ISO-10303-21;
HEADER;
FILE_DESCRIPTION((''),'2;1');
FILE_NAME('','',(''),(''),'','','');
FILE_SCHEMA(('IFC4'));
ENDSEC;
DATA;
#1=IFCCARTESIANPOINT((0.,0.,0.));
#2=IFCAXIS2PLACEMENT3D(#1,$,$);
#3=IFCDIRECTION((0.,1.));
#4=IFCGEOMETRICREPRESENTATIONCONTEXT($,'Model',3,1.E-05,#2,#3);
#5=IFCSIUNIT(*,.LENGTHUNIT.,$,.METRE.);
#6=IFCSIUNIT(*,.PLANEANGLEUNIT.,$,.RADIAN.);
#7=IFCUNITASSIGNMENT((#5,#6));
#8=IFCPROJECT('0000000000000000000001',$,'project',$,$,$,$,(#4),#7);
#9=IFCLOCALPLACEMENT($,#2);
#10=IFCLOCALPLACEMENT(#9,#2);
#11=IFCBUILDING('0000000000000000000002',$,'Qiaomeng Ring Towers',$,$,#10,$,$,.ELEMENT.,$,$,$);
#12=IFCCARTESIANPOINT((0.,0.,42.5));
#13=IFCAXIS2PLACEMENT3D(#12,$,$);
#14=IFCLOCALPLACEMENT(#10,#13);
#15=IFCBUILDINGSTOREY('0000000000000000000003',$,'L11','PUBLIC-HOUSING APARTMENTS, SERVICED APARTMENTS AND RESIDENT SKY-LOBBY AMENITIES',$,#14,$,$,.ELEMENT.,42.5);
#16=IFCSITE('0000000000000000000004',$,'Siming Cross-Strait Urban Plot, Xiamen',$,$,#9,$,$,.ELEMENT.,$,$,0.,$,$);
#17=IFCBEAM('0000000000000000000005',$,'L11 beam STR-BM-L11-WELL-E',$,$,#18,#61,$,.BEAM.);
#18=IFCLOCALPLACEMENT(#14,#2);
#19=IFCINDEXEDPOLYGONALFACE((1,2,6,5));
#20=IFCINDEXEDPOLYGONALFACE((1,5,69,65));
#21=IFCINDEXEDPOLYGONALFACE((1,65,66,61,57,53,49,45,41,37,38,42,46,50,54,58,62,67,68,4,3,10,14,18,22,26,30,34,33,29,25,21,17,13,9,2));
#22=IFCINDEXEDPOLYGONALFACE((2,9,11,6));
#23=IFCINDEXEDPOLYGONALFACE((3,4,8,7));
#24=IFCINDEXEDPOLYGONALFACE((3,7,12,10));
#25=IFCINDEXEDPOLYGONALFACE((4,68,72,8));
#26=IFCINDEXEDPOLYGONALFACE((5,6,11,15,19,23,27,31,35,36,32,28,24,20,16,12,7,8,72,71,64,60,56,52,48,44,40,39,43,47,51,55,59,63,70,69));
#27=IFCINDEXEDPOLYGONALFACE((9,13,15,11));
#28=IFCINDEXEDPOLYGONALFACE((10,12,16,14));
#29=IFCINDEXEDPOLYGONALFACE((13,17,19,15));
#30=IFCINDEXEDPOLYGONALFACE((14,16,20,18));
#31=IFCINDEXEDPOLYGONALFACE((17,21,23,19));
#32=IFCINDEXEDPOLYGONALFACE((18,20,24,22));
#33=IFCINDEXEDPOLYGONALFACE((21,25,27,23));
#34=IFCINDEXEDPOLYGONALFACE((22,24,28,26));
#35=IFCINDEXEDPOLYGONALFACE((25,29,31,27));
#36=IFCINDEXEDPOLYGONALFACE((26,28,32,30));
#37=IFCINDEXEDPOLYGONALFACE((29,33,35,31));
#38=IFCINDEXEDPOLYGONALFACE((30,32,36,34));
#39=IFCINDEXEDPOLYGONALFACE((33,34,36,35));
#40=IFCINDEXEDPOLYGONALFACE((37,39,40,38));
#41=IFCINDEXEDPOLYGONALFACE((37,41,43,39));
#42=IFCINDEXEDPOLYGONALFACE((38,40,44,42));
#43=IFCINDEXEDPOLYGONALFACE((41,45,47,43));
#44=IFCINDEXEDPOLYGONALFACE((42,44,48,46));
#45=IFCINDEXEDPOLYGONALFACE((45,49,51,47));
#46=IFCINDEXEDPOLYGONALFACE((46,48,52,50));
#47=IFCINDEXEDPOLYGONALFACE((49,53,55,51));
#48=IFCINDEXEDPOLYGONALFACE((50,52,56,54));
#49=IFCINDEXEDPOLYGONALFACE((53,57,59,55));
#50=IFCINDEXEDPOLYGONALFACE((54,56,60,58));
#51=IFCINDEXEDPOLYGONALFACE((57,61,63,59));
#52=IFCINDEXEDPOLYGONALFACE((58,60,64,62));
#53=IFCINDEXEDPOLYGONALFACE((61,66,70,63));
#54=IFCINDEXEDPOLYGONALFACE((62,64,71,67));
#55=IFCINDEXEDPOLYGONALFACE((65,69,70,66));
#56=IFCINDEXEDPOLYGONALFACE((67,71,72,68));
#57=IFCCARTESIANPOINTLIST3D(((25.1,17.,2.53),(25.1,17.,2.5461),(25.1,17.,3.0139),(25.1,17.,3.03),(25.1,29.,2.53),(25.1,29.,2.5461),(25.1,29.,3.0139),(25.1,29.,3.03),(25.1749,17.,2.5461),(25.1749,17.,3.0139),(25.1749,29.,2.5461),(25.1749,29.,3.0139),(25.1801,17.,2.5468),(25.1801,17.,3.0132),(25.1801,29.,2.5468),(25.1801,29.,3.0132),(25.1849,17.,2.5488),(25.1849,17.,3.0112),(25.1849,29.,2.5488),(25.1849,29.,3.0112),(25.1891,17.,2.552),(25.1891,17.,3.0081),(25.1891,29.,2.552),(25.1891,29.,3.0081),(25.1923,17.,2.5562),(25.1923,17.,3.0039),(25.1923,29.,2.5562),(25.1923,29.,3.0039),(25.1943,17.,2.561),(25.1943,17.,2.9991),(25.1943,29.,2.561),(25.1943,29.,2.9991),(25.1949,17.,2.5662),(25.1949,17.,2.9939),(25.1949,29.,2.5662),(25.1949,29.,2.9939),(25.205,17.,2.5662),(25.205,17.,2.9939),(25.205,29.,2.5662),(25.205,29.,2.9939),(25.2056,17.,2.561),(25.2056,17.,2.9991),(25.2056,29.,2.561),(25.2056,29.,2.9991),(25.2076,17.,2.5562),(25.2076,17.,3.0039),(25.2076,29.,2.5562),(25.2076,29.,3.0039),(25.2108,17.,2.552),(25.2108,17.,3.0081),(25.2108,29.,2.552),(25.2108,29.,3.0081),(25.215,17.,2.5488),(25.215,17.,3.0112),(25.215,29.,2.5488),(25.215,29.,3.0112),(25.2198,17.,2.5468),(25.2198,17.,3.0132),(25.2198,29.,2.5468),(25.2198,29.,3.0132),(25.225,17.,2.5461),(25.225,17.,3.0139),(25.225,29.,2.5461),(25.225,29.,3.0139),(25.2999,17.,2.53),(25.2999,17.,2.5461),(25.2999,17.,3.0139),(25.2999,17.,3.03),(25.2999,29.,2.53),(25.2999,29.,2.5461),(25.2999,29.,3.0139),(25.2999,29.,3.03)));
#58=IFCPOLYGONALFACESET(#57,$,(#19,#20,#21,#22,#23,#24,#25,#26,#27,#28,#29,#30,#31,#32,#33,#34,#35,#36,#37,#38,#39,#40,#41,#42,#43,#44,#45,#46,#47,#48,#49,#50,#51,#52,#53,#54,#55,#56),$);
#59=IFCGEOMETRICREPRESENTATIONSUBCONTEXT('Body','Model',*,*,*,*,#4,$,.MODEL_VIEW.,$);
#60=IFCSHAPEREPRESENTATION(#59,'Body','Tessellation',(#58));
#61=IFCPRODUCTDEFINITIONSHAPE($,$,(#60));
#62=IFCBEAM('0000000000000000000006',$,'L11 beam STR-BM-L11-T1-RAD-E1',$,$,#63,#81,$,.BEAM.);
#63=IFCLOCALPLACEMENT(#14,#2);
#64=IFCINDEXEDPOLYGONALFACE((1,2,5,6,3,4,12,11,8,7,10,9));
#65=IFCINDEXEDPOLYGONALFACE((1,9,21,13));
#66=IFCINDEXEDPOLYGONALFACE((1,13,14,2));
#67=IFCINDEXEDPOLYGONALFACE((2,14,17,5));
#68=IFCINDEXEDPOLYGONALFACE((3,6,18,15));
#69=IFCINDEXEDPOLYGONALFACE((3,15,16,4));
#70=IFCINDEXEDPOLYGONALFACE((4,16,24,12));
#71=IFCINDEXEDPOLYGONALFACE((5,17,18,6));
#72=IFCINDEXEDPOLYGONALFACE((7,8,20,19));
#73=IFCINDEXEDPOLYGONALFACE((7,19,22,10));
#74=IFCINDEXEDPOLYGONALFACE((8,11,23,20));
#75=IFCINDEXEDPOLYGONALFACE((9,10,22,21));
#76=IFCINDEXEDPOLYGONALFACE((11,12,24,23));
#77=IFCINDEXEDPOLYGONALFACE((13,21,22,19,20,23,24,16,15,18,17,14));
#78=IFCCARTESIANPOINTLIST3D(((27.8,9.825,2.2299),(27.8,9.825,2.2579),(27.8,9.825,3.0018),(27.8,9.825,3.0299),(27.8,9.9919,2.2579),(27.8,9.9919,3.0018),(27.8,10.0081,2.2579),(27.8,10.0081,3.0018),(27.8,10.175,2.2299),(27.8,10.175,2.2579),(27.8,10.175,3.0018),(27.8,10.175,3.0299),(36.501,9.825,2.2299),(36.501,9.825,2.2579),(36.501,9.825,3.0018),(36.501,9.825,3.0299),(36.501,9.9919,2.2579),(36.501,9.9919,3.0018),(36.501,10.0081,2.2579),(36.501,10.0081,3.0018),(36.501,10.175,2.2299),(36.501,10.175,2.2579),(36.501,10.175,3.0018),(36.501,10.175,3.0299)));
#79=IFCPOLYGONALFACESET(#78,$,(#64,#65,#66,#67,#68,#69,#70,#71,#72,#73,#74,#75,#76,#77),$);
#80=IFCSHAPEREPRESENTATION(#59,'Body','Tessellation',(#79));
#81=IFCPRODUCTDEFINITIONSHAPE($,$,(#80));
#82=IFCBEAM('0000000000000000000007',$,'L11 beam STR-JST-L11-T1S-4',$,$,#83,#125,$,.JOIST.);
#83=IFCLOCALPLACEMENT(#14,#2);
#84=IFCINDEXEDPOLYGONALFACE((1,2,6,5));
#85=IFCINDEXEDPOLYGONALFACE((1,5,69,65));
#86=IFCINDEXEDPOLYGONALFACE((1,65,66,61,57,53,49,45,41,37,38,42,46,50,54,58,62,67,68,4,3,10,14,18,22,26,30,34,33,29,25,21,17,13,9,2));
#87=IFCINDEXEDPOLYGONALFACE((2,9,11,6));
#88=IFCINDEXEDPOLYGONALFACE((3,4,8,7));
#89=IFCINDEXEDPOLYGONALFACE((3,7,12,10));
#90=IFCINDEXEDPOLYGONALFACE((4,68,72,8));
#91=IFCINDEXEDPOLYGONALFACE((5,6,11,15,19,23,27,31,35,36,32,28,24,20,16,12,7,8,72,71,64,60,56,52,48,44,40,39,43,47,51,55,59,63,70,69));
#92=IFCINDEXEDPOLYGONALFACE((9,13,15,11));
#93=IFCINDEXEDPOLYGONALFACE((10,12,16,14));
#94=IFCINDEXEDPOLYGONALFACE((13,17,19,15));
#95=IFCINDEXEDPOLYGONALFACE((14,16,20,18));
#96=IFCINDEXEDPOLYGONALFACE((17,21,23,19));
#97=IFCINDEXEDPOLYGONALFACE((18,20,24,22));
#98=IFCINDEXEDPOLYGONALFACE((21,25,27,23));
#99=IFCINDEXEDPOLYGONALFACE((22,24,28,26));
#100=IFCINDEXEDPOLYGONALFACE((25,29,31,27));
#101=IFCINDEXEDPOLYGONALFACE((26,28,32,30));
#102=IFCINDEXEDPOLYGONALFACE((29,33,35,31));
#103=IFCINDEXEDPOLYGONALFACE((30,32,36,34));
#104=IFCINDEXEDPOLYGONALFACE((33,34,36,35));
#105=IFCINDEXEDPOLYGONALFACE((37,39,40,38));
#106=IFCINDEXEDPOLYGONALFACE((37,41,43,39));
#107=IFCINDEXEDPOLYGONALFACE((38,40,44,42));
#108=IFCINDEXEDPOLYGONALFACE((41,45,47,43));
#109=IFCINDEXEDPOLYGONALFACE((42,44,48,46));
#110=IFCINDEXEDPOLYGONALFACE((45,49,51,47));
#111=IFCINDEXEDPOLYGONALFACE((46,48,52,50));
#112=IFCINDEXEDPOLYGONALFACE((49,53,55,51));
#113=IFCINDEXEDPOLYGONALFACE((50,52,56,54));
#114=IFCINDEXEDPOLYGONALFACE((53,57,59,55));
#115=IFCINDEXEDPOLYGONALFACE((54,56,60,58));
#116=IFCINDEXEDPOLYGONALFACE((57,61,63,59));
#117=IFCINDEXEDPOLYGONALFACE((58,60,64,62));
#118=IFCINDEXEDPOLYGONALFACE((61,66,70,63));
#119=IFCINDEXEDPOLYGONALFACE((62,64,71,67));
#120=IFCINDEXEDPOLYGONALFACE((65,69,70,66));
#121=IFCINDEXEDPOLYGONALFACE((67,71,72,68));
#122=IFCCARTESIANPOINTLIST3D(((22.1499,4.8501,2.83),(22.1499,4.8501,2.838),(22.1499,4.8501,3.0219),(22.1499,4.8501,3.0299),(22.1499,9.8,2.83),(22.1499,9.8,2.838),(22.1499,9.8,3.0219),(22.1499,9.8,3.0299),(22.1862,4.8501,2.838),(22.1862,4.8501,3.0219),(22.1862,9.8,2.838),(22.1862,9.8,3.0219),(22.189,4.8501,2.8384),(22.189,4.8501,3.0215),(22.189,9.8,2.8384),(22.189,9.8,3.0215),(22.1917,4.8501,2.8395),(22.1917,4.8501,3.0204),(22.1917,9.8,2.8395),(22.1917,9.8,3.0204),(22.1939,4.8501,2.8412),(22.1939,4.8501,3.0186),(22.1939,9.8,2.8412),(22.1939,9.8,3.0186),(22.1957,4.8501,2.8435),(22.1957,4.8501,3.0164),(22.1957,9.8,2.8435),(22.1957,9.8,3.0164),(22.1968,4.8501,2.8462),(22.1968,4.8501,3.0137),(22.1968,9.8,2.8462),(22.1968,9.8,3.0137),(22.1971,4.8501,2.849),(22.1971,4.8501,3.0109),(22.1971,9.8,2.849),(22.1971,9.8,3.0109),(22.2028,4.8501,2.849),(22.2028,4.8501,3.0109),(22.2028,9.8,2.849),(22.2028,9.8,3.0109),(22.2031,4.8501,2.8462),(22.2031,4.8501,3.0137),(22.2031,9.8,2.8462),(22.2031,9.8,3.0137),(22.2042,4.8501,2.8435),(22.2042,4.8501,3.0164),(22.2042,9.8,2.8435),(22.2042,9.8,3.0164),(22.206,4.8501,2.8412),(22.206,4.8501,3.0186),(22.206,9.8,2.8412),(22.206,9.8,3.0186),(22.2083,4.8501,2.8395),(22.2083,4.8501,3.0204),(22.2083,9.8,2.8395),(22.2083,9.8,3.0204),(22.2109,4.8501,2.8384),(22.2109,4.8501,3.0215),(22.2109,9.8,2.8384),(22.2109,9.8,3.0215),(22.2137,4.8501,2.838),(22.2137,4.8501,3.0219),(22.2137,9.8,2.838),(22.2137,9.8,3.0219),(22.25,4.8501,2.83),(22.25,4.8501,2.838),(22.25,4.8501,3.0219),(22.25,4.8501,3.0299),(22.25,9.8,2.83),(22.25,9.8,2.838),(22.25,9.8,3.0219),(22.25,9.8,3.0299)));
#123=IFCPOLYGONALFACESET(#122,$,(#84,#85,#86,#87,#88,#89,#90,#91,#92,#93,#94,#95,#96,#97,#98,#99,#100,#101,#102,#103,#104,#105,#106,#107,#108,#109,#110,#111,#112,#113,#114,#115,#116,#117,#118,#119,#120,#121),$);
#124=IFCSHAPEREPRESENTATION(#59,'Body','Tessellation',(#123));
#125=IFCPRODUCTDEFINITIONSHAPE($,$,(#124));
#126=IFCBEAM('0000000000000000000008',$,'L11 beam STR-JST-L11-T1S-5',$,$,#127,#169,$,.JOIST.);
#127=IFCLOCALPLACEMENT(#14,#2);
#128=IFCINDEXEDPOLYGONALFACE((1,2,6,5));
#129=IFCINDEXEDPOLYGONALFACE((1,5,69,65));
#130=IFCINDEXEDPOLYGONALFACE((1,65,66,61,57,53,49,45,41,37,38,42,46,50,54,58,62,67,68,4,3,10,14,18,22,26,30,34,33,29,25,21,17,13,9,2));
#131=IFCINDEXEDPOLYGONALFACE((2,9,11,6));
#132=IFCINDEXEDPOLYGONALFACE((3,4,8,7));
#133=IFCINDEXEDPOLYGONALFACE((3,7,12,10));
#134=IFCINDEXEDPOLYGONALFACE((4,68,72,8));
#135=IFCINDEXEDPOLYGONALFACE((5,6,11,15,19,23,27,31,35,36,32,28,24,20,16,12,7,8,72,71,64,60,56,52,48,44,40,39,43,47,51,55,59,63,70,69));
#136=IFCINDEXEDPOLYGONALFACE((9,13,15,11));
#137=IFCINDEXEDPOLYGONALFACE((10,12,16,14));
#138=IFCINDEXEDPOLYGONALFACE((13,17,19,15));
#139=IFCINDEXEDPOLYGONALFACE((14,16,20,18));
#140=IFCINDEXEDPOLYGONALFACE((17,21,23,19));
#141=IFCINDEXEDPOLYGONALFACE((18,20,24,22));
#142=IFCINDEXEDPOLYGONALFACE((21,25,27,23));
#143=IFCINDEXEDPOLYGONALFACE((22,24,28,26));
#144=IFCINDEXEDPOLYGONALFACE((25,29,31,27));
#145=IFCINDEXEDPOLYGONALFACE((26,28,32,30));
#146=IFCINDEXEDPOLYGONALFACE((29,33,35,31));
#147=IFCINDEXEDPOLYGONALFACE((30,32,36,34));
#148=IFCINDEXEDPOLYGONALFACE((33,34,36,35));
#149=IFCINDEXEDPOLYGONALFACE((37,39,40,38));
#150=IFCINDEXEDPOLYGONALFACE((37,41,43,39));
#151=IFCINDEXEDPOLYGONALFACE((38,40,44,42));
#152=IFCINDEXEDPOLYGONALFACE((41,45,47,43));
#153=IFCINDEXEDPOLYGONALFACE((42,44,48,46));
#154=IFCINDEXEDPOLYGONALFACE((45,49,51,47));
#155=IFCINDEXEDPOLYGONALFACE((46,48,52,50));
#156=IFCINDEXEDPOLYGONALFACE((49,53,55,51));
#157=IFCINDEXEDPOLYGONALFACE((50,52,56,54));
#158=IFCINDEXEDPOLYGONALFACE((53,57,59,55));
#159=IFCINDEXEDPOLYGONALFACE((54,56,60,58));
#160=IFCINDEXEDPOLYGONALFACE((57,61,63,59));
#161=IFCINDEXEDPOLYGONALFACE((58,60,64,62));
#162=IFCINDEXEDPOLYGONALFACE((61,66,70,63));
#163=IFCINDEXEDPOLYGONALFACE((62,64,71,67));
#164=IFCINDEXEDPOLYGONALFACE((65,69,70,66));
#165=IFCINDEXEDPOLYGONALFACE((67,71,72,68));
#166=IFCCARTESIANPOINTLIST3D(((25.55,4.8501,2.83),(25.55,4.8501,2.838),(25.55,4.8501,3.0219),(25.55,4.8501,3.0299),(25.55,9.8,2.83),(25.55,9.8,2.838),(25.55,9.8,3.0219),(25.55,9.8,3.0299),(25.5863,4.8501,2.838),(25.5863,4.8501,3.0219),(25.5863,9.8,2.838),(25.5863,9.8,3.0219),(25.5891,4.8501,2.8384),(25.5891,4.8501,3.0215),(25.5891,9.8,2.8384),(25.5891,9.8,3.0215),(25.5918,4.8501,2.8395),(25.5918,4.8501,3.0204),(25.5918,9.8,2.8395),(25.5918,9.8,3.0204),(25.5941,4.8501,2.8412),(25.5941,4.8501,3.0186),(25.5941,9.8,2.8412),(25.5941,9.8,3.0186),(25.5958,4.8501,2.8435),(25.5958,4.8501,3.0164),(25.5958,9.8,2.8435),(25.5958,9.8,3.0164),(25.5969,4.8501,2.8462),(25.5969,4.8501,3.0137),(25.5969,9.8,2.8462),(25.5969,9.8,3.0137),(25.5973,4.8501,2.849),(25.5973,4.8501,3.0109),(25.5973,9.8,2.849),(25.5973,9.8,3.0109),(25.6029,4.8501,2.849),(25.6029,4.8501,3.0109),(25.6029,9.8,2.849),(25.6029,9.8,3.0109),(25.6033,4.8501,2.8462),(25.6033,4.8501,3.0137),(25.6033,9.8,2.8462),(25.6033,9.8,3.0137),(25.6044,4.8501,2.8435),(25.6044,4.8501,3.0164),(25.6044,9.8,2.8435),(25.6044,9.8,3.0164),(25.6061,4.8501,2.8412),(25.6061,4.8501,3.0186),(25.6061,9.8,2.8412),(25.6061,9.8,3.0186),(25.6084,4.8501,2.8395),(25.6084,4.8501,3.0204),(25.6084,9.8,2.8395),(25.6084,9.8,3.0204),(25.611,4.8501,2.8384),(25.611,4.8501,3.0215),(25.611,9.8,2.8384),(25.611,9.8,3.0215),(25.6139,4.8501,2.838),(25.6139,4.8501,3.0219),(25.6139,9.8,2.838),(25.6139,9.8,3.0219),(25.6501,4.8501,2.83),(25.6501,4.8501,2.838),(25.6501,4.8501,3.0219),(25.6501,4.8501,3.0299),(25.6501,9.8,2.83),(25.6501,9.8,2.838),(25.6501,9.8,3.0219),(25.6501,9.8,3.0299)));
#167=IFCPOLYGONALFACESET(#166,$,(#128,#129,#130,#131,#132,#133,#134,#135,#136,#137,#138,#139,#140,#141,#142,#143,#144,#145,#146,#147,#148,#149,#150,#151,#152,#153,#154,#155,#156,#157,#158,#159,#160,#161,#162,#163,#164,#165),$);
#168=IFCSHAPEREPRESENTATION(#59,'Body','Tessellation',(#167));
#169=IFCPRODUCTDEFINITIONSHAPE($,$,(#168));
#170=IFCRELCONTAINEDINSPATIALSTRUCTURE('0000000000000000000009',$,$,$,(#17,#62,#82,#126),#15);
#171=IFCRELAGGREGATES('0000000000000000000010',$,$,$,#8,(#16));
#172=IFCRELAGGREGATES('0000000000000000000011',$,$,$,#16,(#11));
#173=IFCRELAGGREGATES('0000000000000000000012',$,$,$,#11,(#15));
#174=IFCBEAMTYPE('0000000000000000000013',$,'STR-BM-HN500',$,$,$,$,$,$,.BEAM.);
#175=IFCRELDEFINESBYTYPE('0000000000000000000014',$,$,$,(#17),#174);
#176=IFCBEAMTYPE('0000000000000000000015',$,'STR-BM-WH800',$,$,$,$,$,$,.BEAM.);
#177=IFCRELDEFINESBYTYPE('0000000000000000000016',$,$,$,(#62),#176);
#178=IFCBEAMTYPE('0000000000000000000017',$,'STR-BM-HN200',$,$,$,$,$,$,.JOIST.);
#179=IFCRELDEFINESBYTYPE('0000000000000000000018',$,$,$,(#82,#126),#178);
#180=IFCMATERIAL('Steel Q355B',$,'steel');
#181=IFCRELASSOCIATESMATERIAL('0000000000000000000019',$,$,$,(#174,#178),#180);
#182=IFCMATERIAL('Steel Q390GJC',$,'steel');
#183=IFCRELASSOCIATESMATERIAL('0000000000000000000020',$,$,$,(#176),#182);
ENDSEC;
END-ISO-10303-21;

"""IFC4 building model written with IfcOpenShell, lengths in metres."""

from ifc_helpers import new_model, si_unit, direction, frame, origin, origin_2d, place, context, subcontext, project, spatial, i_section, extrude, source, transform, mapped, material, material_profile, profile_set, type_object, element, save


model = new_model("IFC4")

# Units and contexts
model_context = context("Model", 3, precision=1e-05, world=origin(), true_north=direction((0.0, 1.0)))
body_context = subcontext(model_context, "Body", "Model", "MODEL_VIEW")
ifc_project = project(units=[si_unit("LENGTHUNIT", "METRE"), si_unit("PLANEANGLEUNIT", "RADIAN")], contexts=[model_context])

# Site, building, storey
site_placement = place(None, origin())
site = spatial("IfcSite", under=ifc_project, at=site_placement, Name="Siming Cross-Strait Urban Plot, Xiamen", CompositionType="ELEMENT", RefElevation=0.0)
building_placement = place(site_placement, origin())
building = spatial("IfcBuilding", under=site, at=building_placement, Name="Qiaomeng Ring Towers", CompositionType="ELEMENT")
storey_placement = place(building_placement, frame((0.0, 0.0, 42.5)))
storey = spatial("IfcBuildingStorey", under=building, at=storey_placement, Name="L11", Description="PUBLIC-HOUSING APARTMENTS, SERVICED APARTMENTS AND RESIDENT SKY-LOBBY AMENITIES", CompositionType="ELEMENT", Elevation=42.5)

# Beams
ifc_material_1 = material(Name="Steel Q355B", Category="steel")
ifc_material_profile_1 = material_profile(ifc_material_1, i_section(OverallWidth=0.2, OverallDepth=0.5, WebThickness=0.01, FlangeThickness=0.0161, FilletRadius=0.02, at=origin_2d()), Name="HN 500x200x10x16")
ifc_profile_set_1 = profile_set([ifc_material_profile_1], Name="Steel Q355B")
beam_type_1 = type_object("IfcBeamType", Name="STR-BM-HN500", PredefinedType="BEAM", material=ifc_profile_set_1)
shared_shape_1 = source(origin(), body_context, "Body", "SweptSolid", [
    extrude(i_section(OverallWidth=0.2, OverallDepth=0.5, WebThickness=0.01, FlangeThickness=0.0161, FilletRadius=0.02, at=origin_2d()), origin(), (0.0, 0.0, 1.0), 12.0),
])
beam_1_placement = place(storey_placement, frame((25.2, 17.0, 2.78), z_axis=(0.0, 1.0, 0.0), x_axis=(-1.0, 0.0, 0.0)))
element("IfcBeam", 1, at=beam_1_placement, inside=storey, type_object=beam_type_1, Name="L11 beam STR-BM-L11-WELL-E", PredefinedType="BEAM", context=body_context, shape_type="MappedRepresentation", body=[
    mapped(shared_shape_1, transform((0.0, 0.0, 0.0), x_axis=(1.0, 0.0, 0.0), y_axis=(0.0, 1.0, 0.0), z_axis=(0.0, 0.0, 1.0), scale=1.0)),
])
ifc_material_2 = material(Name="Steel Q390GJC", Category="steel")
ifc_material_profile_2 = material_profile(ifc_material_2, i_section(OverallWidth=0.3501, OverallDepth=0.8, WebThickness=0.0161, FlangeThickness=0.0281, at=origin_2d()), Name="WH 800x350x16x28")
ifc_profile_set_2 = profile_set([ifc_material_profile_2], Name="Steel Q390GJC")
beam_type_2 = type_object("IfcBeamType", Name="STR-BM-WH800", PredefinedType="BEAM", material=ifc_profile_set_2)
shared_shape_2 = source(origin(), body_context, "Body", "SweptSolid", [
    extrude(i_section(OverallWidth=0.3501, OverallDepth=0.8, WebThickness=0.0161, FlangeThickness=0.0281, at=origin_2d()), origin(), (0.0, 0.0, 1.0), 8.7009),
])
beam_2_placement = place(storey_placement, frame((27.8, 10.0, 2.6299), z_axis=(1.0, 0.0, 0.0), x_axis=(0.0, 1.0, 0.0)))
element("IfcBeam", 2, at=beam_2_placement, inside=storey, type_object=beam_type_2, Name="L11 beam STR-BM-L11-T1-RAD-E1", PredefinedType="BEAM", context=body_context, shape_type="MappedRepresentation", body=[
    mapped(shared_shape_2, transform((0.0, 0.0, 0.0), x_axis=(1.0, 0.0, 0.0), y_axis=(0.0, 1.0, 0.0), z_axis=(0.0, 0.0, 1.0), scale=1.0)),
])
ifc_material_profile_3 = material_profile(ifc_material_1, i_section(OverallWidth=0.1001, OverallDepth=0.2, WebThickness=0.0056, FlangeThickness=0.0081, FilletRadius=0.011, at=origin_2d()), Name="HN 200x100x5.5x8")
ifc_profile_set_3 = profile_set([ifc_material_profile_3], Name="Steel Q355B")
beam_type_3 = type_object("IfcBeamType", Name="STR-BM-HN200", PredefinedType="JOIST", material=ifc_profile_set_3)
shared_shape_3 = source(origin(), body_context, "Body", "SweptSolid", [
    extrude(i_section(OverallWidth=0.1001, OverallDepth=0.2, WebThickness=0.0056, FlangeThickness=0.0081, FilletRadius=0.011, at=origin_2d()), origin(), (0.0, 0.0, 1.0), 4.95),
])
for number, where, z_axis, x_axis, name in (
    (3, (22.2, 4.8501, 2.9299), (0.0, 1.0, 0.0), (-1.0, 0.0, 0.0), "L11 beam STR-JST-L11-T1S-4"),
    (4, (25.6001, 4.8501, 2.9299), (0.0, 1.0, 0.0), (-1.0, 0.0, 0.0), "L11 beam STR-JST-L11-T1S-5"),
):
    element("IfcBeam", number, at=place(storey_placement, frame(where, z_axis=z_axis, x_axis=x_axis)), inside=storey, type_object=beam_type_3, Name=name, PredefinedType="JOIST", context=body_context, shape_type="MappedRepresentation", body=[
        mapped(shared_shape_3, transform((0.0, 0.0, 0.0), x_axis=(1.0, 0.0, 0.0), y_axis=(0.0, 1.0, 0.0), z_axis=(0.0, 0.0, 1.0), scale=1.0)),
    ])

save(model, "model.ifc")
